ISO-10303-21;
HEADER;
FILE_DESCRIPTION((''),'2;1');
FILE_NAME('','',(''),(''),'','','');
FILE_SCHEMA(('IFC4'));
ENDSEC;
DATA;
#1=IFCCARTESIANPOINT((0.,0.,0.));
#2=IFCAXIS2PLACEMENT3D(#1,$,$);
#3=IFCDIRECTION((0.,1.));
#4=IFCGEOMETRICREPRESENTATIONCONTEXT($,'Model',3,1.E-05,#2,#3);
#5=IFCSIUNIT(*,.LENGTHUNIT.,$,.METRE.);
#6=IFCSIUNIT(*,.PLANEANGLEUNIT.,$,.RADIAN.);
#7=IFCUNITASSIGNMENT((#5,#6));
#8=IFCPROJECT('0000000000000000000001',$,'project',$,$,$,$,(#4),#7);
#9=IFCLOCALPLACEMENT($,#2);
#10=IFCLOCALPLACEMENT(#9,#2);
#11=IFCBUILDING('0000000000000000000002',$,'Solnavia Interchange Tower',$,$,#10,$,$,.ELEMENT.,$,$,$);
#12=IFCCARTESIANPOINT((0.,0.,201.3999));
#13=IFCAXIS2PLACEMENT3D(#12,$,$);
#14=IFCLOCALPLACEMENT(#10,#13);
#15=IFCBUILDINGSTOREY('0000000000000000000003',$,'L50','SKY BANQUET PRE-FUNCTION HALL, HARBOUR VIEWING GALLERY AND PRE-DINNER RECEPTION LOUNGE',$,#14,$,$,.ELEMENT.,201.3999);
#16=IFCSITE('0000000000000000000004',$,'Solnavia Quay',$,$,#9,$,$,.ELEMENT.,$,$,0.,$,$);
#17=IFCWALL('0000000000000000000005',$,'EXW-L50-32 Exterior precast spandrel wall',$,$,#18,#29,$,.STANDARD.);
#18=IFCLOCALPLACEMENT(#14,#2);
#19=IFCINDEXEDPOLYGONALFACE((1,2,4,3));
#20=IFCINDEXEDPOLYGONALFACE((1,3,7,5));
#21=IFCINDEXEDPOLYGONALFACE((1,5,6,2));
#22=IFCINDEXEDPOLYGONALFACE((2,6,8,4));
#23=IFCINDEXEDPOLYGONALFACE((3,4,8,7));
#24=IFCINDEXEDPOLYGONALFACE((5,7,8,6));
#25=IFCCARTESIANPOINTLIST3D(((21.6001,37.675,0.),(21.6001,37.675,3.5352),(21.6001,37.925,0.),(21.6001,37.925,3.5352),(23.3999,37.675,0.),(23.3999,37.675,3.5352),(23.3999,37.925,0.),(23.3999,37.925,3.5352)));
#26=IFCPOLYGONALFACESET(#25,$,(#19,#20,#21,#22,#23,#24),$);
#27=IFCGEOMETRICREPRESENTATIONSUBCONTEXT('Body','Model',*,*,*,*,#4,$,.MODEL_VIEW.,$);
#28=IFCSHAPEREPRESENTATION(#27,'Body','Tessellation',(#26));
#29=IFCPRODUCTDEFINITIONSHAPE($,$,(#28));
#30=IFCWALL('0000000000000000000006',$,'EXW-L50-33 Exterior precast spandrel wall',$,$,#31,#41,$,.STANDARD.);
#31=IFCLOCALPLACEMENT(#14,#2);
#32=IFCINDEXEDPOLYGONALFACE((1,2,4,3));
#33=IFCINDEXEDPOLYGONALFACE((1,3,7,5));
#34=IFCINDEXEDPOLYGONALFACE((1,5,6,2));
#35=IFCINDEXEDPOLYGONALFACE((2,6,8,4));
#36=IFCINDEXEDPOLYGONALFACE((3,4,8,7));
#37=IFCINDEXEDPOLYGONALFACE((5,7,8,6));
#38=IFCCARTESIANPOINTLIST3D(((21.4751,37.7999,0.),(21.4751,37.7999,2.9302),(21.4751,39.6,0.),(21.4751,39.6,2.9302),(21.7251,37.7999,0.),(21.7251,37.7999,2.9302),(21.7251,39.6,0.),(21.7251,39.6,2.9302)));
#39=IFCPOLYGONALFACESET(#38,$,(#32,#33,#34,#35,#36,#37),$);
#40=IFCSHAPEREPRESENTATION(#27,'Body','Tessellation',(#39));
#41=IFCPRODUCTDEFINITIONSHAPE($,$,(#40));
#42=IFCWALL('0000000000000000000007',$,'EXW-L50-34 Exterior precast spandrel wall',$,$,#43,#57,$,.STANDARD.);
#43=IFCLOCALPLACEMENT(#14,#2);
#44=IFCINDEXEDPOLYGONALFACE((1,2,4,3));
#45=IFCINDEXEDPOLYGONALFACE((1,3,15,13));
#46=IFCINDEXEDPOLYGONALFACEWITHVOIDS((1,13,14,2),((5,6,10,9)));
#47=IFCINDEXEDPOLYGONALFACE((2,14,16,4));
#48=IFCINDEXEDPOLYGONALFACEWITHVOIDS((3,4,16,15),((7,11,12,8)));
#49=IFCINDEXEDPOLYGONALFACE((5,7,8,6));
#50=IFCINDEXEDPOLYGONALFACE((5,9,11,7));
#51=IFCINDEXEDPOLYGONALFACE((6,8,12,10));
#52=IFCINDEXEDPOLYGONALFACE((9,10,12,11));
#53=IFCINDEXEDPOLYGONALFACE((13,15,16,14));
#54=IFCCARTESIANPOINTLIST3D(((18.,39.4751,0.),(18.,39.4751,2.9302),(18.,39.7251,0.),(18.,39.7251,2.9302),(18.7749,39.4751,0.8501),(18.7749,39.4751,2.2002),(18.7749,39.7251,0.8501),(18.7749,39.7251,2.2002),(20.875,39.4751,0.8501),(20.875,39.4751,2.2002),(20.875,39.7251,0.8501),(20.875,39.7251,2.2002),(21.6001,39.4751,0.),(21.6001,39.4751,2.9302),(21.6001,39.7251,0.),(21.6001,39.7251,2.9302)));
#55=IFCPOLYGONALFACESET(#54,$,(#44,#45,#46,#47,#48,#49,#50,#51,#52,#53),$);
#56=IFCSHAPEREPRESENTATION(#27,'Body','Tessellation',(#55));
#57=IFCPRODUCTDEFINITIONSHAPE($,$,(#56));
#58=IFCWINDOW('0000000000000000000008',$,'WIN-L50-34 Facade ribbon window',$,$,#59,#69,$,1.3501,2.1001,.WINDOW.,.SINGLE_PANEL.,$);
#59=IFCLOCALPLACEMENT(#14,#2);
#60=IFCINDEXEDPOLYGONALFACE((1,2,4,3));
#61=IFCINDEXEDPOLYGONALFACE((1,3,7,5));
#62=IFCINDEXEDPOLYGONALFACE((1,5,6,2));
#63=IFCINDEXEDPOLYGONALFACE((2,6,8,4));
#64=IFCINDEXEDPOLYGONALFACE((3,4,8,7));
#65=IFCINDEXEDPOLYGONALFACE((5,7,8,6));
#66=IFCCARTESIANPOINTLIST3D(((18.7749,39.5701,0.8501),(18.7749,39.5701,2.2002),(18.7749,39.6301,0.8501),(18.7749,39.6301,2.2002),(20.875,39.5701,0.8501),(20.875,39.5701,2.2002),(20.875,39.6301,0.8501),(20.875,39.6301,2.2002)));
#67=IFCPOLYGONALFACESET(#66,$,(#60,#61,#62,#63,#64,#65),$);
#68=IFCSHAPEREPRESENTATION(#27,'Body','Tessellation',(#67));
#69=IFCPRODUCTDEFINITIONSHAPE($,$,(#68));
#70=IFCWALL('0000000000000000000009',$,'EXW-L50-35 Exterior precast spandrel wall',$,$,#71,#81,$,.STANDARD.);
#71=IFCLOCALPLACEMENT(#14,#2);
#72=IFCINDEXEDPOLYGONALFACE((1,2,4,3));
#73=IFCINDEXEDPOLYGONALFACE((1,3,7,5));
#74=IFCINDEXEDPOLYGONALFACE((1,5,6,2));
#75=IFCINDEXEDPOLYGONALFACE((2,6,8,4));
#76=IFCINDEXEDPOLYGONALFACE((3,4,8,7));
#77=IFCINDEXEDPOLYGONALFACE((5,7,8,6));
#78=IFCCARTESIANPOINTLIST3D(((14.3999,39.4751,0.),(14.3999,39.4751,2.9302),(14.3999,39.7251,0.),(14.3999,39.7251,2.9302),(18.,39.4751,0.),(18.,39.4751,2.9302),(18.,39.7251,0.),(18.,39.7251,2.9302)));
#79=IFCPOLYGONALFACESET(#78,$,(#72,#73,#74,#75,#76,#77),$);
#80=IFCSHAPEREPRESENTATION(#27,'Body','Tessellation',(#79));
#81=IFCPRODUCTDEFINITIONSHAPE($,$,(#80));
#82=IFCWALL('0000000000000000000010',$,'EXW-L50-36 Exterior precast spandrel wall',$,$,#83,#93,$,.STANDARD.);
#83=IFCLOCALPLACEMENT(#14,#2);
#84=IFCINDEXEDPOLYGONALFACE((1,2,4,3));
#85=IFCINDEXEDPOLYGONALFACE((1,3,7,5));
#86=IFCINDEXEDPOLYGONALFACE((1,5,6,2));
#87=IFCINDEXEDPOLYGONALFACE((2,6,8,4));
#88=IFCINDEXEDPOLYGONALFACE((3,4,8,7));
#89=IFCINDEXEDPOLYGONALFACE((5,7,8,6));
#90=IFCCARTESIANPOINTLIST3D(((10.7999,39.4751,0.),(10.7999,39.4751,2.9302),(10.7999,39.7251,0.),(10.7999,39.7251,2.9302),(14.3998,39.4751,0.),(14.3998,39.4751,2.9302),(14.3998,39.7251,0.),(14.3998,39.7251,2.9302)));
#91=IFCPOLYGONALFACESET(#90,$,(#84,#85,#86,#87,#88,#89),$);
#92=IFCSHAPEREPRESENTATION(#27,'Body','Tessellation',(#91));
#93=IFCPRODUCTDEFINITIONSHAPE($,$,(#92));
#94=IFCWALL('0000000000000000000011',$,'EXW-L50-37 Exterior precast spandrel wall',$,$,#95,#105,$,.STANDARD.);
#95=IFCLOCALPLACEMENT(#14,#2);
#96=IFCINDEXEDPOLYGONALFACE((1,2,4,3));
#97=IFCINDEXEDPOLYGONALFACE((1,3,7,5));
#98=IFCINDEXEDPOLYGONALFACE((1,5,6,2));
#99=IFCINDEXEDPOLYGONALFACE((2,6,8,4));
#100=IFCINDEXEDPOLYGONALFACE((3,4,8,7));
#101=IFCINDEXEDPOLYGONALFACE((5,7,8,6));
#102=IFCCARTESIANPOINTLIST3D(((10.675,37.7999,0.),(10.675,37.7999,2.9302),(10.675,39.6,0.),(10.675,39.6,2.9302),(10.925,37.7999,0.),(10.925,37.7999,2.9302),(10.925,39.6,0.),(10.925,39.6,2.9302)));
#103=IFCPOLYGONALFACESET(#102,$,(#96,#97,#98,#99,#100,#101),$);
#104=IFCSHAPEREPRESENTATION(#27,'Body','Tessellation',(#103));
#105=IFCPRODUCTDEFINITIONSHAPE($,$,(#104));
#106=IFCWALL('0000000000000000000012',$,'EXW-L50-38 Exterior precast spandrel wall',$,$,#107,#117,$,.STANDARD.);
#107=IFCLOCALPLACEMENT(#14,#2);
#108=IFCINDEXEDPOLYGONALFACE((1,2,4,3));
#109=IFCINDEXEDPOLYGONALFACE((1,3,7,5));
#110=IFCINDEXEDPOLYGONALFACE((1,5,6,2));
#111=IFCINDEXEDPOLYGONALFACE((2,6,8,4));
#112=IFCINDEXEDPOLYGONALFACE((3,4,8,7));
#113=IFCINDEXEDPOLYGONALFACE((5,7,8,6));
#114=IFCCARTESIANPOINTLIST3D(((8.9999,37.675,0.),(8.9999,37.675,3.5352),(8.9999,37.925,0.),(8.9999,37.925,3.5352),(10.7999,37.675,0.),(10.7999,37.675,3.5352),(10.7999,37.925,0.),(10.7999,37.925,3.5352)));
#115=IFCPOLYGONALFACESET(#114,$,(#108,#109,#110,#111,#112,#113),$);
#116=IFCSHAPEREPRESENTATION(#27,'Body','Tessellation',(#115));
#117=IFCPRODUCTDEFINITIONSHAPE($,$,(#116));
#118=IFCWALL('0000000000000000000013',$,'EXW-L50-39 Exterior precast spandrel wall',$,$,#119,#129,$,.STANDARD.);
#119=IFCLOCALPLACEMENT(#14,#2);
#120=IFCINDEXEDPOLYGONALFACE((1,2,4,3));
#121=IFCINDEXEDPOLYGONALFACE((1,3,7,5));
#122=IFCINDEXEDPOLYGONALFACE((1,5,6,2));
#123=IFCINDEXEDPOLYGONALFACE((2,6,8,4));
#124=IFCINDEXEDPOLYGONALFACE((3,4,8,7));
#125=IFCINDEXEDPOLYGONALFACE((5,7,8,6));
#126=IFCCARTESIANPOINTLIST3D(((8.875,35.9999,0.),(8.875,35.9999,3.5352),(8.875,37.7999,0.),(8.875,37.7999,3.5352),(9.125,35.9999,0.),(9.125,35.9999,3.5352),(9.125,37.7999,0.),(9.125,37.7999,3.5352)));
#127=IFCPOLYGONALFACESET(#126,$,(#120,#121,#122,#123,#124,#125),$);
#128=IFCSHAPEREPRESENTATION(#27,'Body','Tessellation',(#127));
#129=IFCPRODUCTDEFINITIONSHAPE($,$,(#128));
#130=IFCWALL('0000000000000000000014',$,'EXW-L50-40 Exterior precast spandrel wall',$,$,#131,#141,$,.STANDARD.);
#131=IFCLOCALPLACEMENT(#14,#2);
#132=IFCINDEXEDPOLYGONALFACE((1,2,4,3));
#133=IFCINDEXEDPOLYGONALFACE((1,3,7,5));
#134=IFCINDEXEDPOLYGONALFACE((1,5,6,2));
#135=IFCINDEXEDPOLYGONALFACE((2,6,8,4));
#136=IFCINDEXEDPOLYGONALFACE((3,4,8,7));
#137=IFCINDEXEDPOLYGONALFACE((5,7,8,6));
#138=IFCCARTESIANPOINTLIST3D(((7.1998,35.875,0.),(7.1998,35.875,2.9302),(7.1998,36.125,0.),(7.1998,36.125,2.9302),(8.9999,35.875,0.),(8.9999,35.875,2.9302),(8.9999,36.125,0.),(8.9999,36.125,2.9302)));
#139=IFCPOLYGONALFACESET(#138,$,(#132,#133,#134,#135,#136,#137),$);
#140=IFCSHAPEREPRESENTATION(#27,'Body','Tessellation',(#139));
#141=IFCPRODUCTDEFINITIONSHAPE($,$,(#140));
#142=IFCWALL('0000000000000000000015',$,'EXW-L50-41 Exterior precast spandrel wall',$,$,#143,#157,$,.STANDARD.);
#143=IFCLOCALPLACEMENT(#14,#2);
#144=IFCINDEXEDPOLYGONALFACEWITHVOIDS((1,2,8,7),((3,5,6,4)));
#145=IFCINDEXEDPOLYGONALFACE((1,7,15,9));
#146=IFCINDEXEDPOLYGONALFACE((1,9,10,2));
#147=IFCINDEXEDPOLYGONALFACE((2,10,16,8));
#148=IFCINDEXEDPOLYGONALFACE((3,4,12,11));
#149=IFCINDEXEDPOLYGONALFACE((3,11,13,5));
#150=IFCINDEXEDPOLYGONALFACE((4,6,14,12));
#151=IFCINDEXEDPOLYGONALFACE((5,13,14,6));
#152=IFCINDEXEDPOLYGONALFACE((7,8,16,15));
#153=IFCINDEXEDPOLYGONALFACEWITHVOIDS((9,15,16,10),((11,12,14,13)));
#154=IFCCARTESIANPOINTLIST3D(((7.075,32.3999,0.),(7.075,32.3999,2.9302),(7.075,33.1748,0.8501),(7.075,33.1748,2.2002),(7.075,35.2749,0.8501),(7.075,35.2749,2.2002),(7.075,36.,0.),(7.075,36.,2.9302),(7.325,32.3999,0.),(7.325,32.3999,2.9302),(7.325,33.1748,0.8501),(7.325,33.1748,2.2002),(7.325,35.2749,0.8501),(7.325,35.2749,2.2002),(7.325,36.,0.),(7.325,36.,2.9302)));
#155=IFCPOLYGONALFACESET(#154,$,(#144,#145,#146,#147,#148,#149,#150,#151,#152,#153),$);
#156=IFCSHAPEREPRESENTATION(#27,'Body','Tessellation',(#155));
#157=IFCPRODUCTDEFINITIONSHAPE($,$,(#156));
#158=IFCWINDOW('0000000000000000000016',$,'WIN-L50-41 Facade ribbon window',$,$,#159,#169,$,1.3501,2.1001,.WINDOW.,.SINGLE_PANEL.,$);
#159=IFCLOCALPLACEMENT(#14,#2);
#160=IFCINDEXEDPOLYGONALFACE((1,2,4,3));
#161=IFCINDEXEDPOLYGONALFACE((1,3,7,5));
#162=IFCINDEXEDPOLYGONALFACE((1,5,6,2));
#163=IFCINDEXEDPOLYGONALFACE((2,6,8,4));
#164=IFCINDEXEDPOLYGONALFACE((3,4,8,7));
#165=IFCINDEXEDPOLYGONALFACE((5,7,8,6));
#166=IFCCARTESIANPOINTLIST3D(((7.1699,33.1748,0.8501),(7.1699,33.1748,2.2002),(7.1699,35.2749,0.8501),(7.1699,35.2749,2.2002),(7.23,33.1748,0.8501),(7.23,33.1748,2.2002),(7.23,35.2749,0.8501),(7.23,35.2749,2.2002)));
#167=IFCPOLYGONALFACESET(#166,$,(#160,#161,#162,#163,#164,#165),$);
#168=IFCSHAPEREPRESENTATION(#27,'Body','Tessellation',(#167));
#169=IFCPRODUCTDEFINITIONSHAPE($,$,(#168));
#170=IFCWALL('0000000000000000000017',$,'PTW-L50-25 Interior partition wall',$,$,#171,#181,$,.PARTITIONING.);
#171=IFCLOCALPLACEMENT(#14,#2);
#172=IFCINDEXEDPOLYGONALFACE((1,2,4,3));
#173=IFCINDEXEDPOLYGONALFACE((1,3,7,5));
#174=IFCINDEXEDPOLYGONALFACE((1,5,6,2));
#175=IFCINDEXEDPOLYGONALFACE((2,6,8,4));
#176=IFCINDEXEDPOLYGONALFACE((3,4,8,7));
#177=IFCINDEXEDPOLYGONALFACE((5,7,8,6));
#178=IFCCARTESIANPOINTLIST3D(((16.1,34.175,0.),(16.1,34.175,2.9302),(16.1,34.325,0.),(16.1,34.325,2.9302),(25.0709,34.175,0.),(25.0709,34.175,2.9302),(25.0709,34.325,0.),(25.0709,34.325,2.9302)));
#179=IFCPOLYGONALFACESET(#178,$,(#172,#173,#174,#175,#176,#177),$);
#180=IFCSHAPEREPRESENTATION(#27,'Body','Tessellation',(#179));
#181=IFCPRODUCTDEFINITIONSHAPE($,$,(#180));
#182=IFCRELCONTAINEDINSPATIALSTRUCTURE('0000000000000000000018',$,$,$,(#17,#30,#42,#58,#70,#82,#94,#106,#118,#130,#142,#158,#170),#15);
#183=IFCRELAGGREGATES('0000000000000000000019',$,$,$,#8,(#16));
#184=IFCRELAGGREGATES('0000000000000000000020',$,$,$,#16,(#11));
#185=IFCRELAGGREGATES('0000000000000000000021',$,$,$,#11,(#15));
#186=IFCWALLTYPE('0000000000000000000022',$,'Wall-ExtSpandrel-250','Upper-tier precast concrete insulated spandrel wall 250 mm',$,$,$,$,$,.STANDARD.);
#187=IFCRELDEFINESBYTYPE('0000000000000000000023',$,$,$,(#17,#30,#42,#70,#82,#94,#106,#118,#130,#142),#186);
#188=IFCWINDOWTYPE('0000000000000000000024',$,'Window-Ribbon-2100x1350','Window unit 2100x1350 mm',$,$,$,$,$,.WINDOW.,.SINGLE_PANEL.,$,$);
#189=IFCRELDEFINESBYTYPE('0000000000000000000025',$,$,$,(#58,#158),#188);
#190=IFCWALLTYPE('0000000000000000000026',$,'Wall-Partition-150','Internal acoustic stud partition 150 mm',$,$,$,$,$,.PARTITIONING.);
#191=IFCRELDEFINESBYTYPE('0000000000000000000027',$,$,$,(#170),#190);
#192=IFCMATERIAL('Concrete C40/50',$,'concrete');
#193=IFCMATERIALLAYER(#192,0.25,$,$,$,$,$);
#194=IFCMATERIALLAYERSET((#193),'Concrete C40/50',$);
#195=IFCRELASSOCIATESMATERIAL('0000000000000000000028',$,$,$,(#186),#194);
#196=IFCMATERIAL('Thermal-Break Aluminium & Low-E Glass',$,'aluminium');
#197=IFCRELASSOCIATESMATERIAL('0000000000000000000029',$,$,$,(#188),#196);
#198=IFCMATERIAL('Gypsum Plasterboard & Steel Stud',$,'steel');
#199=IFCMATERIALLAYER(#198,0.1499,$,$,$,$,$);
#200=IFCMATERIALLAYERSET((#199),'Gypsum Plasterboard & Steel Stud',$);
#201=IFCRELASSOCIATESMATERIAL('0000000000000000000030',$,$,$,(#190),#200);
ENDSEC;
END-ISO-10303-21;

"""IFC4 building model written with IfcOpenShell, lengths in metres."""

from ifc_helpers import new_model, si_unit, direction, frame, frame_2d, origin, place, context, subcontext, project, spatial, rectangle, extrude, material, layer, layer_set, type_object, element, fill, save


model = new_model("IFC4")

# Units and contexts
model_context = context("Model", 3, precision=1e-05, world=origin(), true_north=direction((0.0, 1.0)))
body_context = subcontext(model_context, "Body", "Model", "MODEL_VIEW")
ifc_project = project(units=[si_unit("LENGTHUNIT", "METRE"), si_unit("PLANEANGLEUNIT", "RADIAN")], contexts=[model_context])

# Site, building, storey
site_placement = place(None, origin())
site = spatial("IfcSite", under=ifc_project, at=site_placement, Name="Solnavia Quay", CompositionType="ELEMENT", RefElevation=0.0)
building_placement = place(site_placement, origin())
building = spatial("IfcBuilding", under=site, at=building_placement, Name="Solnavia Interchange Tower", CompositionType="ELEMENT")
storey_placement = place(building_placement, frame((0.0, 0.0, 201.3999)))
storey = spatial("IfcBuildingStorey", under=building, at=storey_placement, Name="L50", Description="SKY BANQUET PRE-FUNCTION HALL, HARBOUR VIEWING GALLERY AND PRE-DINNER RECEPTION LOUNGE", CompositionType="ELEMENT", Elevation=201.3999)

# Walls
ifc_material_1 = material(Name="Concrete C40/50", Category="concrete")
ifc_layer_1 = layer(ifc_material_1, 0.25)
ifc_layer_set_1 = layer_set([ifc_layer_1], Name="Concrete C40/50")
wall_type_1 = type_object("IfcWallType", Name="Wall-ExtSpandrel-250", Description="Upper-tier precast concrete insulated spandrel wall 250 mm", PredefinedType="STANDARD", material=ifc_layer_set_1)
wall_1_placement = place(storey_placement, frame((21.6001, 37.8, 0.0), z_axis=(0.0, 0.0, 1.0), x_axis=(1.0, 0.0, 0.0)))
element("IfcWall", 1, at=wall_1_placement, inside=storey, type_object=wall_type_1, Name="EXW-L50-32 Exterior precast spandrel wall", PredefinedType="STANDARD", context=body_context, shape_type="SweptSolid", body=[
    extrude(rectangle(XDim=1.7998, YDim=0.25, at=frame_2d((0.8999, 0.0))), origin(), (0.0, 0.0, 1.0), 3.5352),
])
wall_2_placement = place(storey_placement, frame((21.6001, 37.8, 0.0), z_axis=(0.0, 0.0, 1.0), x_axis=(0.0, 1.0, 0.0)))
element("IfcWall", 2, at=wall_2_placement, inside=storey, type_object=wall_type_1, Name="EXW-L50-33 Exterior precast spandrel wall", PredefinedType="STANDARD", context=body_context, shape_type="SweptSolid", body=[
    extrude(rectangle(XDim=1.8, YDim=0.25, at=frame_2d((0.8999, 0.0))), origin(), (0.0, 0.0, 1.0), 2.9302),
])

# Wall, opening, window
wall_3_placement = place(storey_placement, frame((18.0, 39.6001, 0.0), z_axis=(0.0, 0.0, 1.0), x_axis=(1.0, 0.0, 0.0)))
wall_3 = element("IfcWall", 3, at=wall_3_placement, inside=storey, type_object=wall_type_1, Name="EXW-L50-34 Exterior precast spandrel wall", PredefinedType="STANDARD", context=body_context, shape_type="SweptSolid", body=[
    extrude(rectangle(XDim=3.6001, YDim=0.25, at=frame_2d((1.8, 0.0))), origin(), (0.0, 0.0, 1.0), 2.9302),
])
opening_1_placement = place(wall_3_placement, frame((0.7749, 0.0, 0.8501)))
opening_1 = element("IfcOpeningElement", 4, at=opening_1_placement, cuts=wall_3, PredefinedType="OPENING", context=body_context, shape_type="SweptSolid", body=[
    extrude(rectangle(XDim=2.1001, YDim=1.3501, at=frame_2d((1.05, 0.675))), frame((0.0, 0.135, 0.0), z_axis=(0.0, -1.0, 0.0), x_axis=(1.0, 0.0, 0.0)), (0.0, 0.0, 1.0), 0.27),
])
ifc_material_2 = material(Name="Thermal-Break Aluminium & Low-E Glass", Category="aluminium")
window_type = type_object("IfcWindowType", Name="Window-Ribbon-2100x1350", Description="Window unit 2100x1350 mm", PartitioningType="SINGLE_PANEL", PredefinedType="WINDOW", material=ifc_material_2)
window_1_placement = place(opening_1_placement, origin())
window_1 = element("IfcWindow", 5, at=window_1_placement, inside=storey, type_object=window_type, Name="WIN-L50-34 Facade ribbon window", OverallHeight=1.3501, OverallWidth=2.1001, PartitioningType="SINGLE_PANEL", PredefinedType="WINDOW", context=body_context, shape_type="SweptSolid", body=[
    extrude(rectangle(XDim=2.1001, YDim=1.3501, at=frame_2d((1.05, 0.675))), frame((0.0, 0.03, 0.0), z_axis=(0.0, -1.0, 0.0), x_axis=(1.0, 0.0, 0.0)), (0.0, 0.0, 1.0), 0.0601),
])
fill(opening_1, window_1)

# Walls
wall_4_placement = place(storey_placement, frame((14.3999, 39.6001, 0.0), z_axis=(0.0, 0.0, 1.0), x_axis=(1.0, 0.0, 0.0)))
element("IfcWall", 6, at=wall_4_placement, inside=storey, type_object=wall_type_1, Name="EXW-L50-35 Exterior precast spandrel wall", PredefinedType="STANDARD", context=body_context, shape_type="SweptSolid", body=[
    extrude(rectangle(XDim=3.6001, YDim=0.25, at=frame_2d((1.8, 0.0))), origin(), (0.0, 0.0, 1.0), 2.9302),
])
wall_5_placement = place(storey_placement, frame((10.8, 39.6001, 0.0), z_axis=(0.0, 0.0, 1.0), x_axis=(1.0, 0.0, 0.0)))
element("IfcWall", 7, at=wall_5_placement, inside=storey, type_object=wall_type_1, Name="EXW-L50-36 Exterior precast spandrel wall", PredefinedType="STANDARD", context=body_context, shape_type="SweptSolid", body=[
    extrude(rectangle(XDim=3.5999, YDim=0.25, at=frame_2d((1.7998, 0.0))), origin(), (0.0, 0.0, 1.0), 2.9302),
])
wall_6_placement = place(storey_placement, frame((10.8, 37.8, 0.0), z_axis=(0.0, 0.0, 1.0), x_axis=(0.0, 1.0, 0.0)))
element("IfcWall", 8, at=wall_6_placement, inside=storey, type_object=wall_type_1, Name="EXW-L50-37 Exterior precast spandrel wall", PredefinedType="STANDARD", context=body_context, shape_type="SweptSolid", body=[
    extrude(rectangle(XDim=1.8, YDim=0.25, at=frame_2d((0.8999, 0.0))), origin(), (0.0, 0.0, 1.0), 2.9302),
])
for number, where, z_axis, x_axis, name in (
    (9, (9.0, 37.8, 0.0), (0.0, 0.0, 1.0), (1.0, 0.0, 0.0), "EXW-L50-38 Exterior precast spandrel wall"),
    (10, (9.0, 36.0, 0.0), (0.0, 0.0, 1.0), (0.0, 1.0, 0.0), "EXW-L50-39 Exterior precast spandrel wall"),
):
    element("IfcWall", number, at=place(storey_placement, frame(where, z_axis=z_axis, x_axis=x_axis)), inside=storey, type_object=wall_type_1, Name=name, PredefinedType="STANDARD", context=body_context, shape_type="SweptSolid", body=[
        extrude(rectangle(XDim=1.8, YDim=0.25, at=frame_2d((0.8999, 0.0))), origin(), (0.0, 0.0, 1.0), 3.5352),
    ])
wall_7_placement = place(storey_placement, frame((7.2, 36.0, 0.0), z_axis=(0.0, 0.0, 1.0), x_axis=(1.0, 0.0, 0.0)))
element("IfcWall", 11, at=wall_7_placement, inside=storey, type_object=wall_type_1, Name="EXW-L50-40 Exterior precast spandrel wall", PredefinedType="STANDARD", context=body_context, shape_type="SweptSolid", body=[
    extrude(rectangle(XDim=1.8, YDim=0.25, at=frame_2d((0.8999, 0.0))), origin(), (0.0, 0.0, 1.0), 2.9302),
])

# Wall, opening, window
wall_8_placement = place(storey_placement, frame((7.2, 32.3999, 0.0), z_axis=(0.0, 0.0, 1.0), x_axis=(0.0, 1.0, 0.0)))
wall_8 = element("IfcWall", 12, at=wall_8_placement, inside=storey, type_object=wall_type_1, Name="EXW-L50-41 Exterior precast spandrel wall", PredefinedType="STANDARD", context=body_context, shape_type="SweptSolid", body=[
    extrude(rectangle(XDim=3.6001, YDim=0.25, at=frame_2d((1.8, 0.0))), origin(), (0.0, 0.0, 1.0), 2.9302),
])
opening_2_placement = place(wall_8_placement, frame((0.7749, 0.0, 0.8501)))
opening_2 = element("IfcOpeningElement", 13, at=opening_2_placement, cuts=wall_8, PredefinedType="OPENING", context=body_context, shape_type="SweptSolid", body=[
    extrude(rectangle(XDim=2.1001, YDim=1.3501, at=frame_2d((1.05, 0.675))), frame((0.0, 0.135, 0.0), z_axis=(0.0, -1.0, 0.0), x_axis=(1.0, 0.0, 0.0)), (0.0, 0.0, 1.0), 0.27),
])
window_2_placement = place(opening_2_placement, origin())
window_2 = element("IfcWindow", 14, at=window_2_placement, inside=storey, type_object=window_type, Name="WIN-L50-41 Facade ribbon window", OverallHeight=1.3501, OverallWidth=2.1001, PartitioningType="SINGLE_PANEL", PredefinedType="WINDOW", context=body_context, shape_type="SweptSolid", body=[
    extrude(rectangle(XDim=2.1001, YDim=1.3501, at=frame_2d((1.05, 0.675))), frame((0.0, 0.03, 0.0), z_axis=(0.0, -1.0, 0.0), x_axis=(1.0, 0.0, 0.0)), (0.0, 0.0, 1.0), 0.0601),
])
fill(opening_2, window_2)

# Wall
ifc_material_3 = material(Name="Gypsum Plasterboard & Steel Stud", Category="steel")
ifc_layer_2 = layer(ifc_material_3, 0.1499)
ifc_layer_set_2 = layer_set([ifc_layer_2], Name="Gypsum Plasterboard & Steel Stud")
wall_type_2 = type_object("IfcWallType", Name="Wall-Partition-150", Description="Internal acoustic stud partition 150 mm", PredefinedType="PARTITIONING", material=ifc_layer_set_2)
wall_9_placement = place(storey_placement, frame((16.1001, 34.25, 0.0), z_axis=(0.0, 0.0, 1.0), x_axis=(1.0, 0.0, 0.0)))
element("IfcWall", 15, at=wall_9_placement, inside=storey, type_object=wall_type_2, Name="PTW-L50-25 Interior partition wall", PredefinedType="PARTITIONING", context=body_context, shape_type="SweptSolid", body=[
    extrude(rectangle(XDim=8.9709, YDim=0.1499, at=frame_2d((4.4854, 0.0))), origin(), (0.0, 0.0, 1.0), 2.9302),
])

save(model, "model.ifc")
